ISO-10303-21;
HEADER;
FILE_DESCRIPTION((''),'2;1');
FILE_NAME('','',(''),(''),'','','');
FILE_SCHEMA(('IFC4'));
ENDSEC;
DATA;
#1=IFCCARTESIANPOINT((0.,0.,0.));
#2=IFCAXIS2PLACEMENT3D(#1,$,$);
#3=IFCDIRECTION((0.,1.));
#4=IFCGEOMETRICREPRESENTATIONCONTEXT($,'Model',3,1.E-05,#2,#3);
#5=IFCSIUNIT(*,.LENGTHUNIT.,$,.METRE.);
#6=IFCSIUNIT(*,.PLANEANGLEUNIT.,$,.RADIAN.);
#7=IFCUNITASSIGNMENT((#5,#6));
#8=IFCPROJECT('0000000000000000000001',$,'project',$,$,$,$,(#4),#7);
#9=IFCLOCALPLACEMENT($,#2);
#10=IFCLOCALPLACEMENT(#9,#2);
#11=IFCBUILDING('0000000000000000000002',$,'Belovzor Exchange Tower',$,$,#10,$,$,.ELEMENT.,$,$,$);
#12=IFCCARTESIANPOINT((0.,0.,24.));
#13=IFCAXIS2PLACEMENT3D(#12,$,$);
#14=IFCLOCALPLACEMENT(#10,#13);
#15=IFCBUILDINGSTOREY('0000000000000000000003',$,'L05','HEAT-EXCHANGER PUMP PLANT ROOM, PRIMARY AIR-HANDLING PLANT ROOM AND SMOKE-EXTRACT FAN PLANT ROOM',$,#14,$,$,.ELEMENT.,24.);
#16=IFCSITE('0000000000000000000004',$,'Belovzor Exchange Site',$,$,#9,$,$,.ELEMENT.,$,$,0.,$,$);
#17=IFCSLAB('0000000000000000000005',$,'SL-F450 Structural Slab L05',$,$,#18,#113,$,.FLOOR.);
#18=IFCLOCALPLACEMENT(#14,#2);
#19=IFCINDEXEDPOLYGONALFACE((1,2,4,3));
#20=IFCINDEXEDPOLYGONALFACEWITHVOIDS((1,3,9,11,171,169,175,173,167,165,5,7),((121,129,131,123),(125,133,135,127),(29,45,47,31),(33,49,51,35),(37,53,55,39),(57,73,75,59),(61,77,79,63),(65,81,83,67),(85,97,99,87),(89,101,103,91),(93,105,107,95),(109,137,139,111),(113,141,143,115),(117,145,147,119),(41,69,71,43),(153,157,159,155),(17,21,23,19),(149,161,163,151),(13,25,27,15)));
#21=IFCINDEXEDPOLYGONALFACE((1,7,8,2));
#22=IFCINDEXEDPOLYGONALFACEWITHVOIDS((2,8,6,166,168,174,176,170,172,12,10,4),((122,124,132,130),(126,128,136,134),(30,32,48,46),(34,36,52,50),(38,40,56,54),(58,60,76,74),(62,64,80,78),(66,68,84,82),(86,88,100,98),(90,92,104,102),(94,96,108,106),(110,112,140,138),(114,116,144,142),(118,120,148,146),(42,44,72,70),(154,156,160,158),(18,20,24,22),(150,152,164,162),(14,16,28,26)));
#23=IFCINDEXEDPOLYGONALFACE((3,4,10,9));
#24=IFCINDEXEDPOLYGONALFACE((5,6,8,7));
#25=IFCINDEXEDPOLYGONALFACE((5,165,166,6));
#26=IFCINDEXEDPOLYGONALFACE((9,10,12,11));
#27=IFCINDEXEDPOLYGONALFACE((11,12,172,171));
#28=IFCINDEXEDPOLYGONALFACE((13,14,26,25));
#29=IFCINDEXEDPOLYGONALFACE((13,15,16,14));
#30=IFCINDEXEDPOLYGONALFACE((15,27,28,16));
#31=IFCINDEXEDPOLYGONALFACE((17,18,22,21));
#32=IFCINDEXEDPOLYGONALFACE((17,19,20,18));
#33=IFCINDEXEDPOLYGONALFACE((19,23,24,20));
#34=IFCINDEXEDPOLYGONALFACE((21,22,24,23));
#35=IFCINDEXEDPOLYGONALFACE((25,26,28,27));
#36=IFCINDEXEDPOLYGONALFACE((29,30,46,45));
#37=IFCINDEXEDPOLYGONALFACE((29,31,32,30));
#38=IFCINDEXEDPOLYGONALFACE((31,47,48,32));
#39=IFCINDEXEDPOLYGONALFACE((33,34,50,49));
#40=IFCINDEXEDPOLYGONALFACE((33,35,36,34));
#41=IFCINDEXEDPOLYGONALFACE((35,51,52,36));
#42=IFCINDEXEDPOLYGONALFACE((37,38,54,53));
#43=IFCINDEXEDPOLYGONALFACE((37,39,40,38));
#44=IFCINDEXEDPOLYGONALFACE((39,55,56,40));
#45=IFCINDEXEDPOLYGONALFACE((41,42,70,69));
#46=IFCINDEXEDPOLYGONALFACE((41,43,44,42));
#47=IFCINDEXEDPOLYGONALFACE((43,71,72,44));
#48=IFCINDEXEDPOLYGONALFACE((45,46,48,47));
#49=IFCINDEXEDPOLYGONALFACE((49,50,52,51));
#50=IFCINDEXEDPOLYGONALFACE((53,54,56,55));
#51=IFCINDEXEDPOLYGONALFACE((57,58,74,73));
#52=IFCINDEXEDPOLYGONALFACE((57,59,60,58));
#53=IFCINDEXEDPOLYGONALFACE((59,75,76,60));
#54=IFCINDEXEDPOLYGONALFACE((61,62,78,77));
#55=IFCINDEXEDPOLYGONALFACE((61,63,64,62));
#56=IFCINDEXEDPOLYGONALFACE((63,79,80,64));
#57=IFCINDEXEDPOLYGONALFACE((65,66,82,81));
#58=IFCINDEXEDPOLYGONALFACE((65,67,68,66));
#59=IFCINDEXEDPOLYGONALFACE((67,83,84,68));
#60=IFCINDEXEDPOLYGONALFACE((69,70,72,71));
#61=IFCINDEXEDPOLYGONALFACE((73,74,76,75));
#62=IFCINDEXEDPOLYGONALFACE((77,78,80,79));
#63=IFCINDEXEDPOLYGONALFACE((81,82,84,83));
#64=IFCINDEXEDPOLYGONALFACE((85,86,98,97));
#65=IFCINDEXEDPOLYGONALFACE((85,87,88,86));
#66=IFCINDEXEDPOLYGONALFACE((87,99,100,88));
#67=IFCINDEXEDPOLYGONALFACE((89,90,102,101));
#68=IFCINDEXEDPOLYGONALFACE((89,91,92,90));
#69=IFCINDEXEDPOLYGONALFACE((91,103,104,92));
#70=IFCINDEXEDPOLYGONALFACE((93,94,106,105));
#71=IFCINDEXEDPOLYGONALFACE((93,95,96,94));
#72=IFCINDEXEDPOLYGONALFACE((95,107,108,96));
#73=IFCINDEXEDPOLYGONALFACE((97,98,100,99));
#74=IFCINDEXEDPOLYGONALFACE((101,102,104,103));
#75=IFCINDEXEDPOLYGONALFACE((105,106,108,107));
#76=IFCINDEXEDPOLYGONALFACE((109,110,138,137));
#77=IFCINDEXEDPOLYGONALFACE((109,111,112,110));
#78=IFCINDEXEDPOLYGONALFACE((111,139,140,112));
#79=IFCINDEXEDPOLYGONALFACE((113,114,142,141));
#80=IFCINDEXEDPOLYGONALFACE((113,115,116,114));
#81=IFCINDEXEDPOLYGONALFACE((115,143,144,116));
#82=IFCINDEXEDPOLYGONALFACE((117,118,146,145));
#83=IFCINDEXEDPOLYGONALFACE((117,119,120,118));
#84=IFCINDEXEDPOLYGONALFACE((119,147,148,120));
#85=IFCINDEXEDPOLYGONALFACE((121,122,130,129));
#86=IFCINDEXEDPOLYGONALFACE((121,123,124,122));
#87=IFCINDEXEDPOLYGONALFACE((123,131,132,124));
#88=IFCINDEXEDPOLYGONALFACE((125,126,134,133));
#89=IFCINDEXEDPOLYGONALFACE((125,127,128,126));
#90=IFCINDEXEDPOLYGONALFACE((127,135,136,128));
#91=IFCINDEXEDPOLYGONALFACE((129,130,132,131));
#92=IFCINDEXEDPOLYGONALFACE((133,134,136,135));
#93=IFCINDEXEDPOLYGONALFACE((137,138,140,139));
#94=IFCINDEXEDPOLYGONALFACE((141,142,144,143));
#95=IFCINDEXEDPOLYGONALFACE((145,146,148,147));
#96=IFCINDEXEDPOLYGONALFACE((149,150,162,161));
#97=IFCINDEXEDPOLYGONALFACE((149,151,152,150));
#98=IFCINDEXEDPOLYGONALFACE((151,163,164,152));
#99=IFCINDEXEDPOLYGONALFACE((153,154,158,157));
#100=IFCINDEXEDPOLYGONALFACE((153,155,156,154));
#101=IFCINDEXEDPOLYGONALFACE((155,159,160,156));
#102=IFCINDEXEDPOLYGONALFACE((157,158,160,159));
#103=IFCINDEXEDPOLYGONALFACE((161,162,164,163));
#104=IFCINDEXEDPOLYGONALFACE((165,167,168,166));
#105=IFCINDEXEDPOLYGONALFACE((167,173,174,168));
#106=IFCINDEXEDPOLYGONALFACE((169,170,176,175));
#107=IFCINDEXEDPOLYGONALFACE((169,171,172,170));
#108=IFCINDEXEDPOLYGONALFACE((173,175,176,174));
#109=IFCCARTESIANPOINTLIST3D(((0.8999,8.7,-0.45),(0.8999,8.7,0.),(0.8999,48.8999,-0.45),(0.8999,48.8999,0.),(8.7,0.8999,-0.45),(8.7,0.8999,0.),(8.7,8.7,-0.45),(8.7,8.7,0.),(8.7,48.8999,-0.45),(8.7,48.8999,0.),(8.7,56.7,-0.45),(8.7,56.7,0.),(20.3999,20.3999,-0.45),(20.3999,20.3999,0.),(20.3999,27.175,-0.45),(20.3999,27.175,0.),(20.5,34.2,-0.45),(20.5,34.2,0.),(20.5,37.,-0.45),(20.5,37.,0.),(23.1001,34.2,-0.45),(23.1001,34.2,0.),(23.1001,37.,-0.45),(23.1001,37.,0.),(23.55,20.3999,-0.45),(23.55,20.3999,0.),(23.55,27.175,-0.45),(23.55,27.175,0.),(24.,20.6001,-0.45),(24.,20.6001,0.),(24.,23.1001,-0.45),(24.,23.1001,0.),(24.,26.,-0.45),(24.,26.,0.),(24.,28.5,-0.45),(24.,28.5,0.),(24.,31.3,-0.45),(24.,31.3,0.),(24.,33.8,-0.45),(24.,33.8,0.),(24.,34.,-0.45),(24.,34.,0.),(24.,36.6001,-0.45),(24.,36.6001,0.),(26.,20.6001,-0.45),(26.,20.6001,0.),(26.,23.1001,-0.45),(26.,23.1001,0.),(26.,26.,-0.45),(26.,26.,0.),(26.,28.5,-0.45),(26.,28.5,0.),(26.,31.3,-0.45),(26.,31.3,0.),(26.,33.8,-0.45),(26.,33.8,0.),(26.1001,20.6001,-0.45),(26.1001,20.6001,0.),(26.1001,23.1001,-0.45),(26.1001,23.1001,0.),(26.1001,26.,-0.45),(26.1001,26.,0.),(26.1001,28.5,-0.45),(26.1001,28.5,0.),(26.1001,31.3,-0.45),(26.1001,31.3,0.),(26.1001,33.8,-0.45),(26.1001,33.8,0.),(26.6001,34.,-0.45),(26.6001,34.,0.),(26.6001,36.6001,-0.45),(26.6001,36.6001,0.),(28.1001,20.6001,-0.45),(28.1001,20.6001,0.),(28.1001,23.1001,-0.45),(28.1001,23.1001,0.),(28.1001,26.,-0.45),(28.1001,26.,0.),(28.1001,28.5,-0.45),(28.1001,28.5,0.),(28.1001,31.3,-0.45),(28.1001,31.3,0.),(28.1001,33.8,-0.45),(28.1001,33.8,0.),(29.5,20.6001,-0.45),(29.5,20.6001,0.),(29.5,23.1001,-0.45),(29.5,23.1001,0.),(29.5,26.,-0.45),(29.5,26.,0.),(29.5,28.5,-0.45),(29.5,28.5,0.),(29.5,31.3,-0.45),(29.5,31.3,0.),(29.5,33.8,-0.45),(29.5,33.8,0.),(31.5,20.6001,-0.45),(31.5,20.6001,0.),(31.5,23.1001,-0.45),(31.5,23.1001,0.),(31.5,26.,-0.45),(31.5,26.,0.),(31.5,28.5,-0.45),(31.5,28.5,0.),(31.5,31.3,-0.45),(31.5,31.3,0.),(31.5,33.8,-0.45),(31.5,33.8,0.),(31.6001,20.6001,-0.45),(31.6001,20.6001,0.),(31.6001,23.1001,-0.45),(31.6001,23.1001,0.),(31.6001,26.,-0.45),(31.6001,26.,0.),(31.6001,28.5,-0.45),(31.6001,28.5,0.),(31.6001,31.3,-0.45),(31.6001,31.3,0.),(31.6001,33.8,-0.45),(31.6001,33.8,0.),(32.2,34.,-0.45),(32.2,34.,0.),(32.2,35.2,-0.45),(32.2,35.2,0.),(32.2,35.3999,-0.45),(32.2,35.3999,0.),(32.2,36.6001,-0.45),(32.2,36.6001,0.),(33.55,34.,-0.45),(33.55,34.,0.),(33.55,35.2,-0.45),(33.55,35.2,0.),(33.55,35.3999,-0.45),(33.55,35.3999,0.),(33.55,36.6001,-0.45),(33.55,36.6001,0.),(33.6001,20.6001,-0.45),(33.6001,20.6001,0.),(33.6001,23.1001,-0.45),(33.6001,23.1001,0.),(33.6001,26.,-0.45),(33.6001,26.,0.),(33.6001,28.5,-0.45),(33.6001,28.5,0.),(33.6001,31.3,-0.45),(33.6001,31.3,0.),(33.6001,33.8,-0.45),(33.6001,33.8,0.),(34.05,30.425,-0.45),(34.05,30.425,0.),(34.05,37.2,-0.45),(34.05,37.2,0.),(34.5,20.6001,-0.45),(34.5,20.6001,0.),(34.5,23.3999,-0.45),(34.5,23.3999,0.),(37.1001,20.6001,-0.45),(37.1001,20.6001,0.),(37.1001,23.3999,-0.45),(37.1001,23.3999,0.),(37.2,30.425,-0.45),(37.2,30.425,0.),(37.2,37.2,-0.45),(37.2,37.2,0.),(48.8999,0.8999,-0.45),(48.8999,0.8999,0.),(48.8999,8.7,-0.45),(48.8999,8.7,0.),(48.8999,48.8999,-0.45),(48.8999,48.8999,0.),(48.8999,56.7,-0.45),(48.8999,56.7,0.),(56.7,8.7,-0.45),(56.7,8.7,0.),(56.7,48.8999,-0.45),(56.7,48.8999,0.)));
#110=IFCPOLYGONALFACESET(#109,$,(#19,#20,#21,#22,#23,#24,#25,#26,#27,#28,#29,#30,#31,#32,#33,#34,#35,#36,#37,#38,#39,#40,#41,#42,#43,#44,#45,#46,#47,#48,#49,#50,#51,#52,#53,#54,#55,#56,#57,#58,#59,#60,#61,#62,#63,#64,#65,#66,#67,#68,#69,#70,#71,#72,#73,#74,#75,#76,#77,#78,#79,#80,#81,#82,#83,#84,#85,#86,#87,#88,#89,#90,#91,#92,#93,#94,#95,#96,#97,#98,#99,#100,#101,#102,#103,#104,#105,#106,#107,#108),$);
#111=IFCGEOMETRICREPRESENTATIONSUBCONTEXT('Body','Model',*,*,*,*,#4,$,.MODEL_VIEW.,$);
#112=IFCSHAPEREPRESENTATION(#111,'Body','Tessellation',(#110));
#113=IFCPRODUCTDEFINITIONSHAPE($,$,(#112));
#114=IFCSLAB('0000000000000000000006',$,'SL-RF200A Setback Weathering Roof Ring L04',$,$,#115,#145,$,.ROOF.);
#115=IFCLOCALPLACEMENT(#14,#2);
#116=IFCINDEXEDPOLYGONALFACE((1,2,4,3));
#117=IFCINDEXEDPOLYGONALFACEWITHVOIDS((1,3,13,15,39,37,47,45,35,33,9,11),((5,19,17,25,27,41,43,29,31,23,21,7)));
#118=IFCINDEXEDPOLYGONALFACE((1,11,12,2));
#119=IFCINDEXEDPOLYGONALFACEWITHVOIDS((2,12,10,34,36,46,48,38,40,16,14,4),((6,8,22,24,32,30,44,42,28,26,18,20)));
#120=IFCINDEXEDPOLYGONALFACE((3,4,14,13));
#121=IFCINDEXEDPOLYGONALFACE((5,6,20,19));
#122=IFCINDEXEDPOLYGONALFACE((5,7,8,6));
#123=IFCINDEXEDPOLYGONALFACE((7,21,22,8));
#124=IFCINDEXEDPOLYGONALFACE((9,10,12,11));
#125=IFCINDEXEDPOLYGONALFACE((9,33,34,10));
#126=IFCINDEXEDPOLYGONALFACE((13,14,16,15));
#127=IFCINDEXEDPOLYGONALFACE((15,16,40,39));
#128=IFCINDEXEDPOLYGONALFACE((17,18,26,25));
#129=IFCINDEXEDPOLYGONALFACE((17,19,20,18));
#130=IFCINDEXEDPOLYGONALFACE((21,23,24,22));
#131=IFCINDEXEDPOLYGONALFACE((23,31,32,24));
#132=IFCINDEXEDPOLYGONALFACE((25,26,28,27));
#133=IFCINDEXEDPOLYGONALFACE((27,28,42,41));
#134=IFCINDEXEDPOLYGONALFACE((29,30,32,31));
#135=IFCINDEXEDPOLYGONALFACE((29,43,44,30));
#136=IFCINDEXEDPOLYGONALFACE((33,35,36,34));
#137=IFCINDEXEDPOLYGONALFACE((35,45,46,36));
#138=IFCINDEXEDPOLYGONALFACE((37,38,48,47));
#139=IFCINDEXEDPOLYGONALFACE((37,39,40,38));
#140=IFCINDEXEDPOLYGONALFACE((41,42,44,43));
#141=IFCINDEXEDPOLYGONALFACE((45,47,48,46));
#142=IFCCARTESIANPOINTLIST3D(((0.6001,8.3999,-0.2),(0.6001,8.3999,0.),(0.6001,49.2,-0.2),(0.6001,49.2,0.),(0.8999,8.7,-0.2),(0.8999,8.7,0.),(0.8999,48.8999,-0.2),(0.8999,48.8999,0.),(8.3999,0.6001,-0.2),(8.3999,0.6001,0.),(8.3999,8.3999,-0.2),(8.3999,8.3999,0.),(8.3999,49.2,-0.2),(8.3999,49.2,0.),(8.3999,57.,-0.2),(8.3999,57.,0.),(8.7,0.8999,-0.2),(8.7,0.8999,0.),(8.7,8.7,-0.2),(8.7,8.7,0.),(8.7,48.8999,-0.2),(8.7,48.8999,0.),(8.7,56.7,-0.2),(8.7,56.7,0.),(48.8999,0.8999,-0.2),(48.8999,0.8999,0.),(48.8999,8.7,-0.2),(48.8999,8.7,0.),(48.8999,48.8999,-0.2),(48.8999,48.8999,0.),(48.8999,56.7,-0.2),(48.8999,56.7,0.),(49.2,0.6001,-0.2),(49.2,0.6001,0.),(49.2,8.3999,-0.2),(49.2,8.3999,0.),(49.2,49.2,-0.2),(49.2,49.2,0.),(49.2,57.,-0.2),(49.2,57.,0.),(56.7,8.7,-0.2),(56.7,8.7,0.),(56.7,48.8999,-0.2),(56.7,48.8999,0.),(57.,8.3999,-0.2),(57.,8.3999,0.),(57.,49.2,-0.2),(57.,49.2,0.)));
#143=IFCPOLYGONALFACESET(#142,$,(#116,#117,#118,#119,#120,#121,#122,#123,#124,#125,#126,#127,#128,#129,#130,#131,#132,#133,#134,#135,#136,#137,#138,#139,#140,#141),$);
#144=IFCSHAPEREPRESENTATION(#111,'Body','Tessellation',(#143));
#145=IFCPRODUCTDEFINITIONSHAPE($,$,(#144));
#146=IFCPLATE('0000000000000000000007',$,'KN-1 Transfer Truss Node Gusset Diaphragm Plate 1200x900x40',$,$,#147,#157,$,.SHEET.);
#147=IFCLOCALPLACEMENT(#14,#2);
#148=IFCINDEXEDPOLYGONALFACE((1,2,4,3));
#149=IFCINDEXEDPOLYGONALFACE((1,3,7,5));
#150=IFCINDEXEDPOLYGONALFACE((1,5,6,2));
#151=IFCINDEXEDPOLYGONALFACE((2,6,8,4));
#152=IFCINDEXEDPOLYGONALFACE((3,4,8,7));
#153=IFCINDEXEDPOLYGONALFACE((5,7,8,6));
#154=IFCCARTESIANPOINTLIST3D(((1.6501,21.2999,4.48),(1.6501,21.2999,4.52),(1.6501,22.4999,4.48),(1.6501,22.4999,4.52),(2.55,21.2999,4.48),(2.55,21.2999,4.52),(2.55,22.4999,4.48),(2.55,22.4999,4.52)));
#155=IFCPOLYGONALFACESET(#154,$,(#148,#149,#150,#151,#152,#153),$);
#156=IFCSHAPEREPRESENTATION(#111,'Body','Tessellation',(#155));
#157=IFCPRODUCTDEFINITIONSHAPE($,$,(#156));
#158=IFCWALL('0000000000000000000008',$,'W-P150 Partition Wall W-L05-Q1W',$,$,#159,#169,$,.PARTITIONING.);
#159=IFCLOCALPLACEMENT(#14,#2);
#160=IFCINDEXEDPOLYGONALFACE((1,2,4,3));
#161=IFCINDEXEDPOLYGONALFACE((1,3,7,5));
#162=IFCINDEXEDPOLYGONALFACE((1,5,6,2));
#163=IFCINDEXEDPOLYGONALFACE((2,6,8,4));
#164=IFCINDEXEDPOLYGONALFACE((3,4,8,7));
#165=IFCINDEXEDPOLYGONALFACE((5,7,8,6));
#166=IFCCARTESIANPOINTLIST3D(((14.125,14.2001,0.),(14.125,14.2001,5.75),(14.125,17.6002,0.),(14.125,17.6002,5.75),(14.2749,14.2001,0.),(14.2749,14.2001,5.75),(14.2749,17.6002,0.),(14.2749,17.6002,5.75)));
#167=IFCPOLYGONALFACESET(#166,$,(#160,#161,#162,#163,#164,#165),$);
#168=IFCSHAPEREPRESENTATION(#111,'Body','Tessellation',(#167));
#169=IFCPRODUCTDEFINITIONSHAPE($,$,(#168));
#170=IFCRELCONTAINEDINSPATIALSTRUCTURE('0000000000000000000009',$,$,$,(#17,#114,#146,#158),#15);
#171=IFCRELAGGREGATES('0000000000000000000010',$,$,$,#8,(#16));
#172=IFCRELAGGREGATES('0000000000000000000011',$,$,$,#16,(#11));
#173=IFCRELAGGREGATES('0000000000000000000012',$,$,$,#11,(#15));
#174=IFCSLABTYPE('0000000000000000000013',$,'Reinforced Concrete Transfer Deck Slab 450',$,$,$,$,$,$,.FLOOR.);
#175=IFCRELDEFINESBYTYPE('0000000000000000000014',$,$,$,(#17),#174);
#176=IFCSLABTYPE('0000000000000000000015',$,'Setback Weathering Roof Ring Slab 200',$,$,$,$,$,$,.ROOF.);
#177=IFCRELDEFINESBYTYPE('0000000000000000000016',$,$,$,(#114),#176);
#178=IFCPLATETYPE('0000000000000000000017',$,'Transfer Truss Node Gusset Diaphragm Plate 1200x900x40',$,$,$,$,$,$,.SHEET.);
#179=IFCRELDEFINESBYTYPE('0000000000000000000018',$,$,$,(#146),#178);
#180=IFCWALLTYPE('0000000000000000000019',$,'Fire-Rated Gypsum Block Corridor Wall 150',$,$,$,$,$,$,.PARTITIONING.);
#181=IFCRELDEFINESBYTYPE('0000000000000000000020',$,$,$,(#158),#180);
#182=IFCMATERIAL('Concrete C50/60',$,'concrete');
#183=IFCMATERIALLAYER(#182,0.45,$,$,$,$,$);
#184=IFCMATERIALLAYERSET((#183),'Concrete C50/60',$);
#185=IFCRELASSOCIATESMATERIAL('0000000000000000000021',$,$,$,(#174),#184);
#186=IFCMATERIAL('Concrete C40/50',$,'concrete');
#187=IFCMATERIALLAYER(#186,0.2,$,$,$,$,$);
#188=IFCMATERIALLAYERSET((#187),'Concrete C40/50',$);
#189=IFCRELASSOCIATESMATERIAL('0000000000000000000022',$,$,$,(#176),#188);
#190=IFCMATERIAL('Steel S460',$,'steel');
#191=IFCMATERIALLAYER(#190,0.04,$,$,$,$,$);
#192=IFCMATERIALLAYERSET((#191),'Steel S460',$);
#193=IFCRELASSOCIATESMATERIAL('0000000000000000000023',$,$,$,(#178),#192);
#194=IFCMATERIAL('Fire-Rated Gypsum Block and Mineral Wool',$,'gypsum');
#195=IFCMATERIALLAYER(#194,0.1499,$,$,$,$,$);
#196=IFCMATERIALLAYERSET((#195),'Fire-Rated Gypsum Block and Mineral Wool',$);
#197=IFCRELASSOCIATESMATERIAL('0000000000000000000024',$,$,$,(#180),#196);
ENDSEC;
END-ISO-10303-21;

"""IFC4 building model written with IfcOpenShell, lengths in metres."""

from ifc_helpers import new_model, si_unit, direction, frame, frame_2d, origin, origin_2d, place, context, subcontext, project, spatial, polyline, rectangle, outline, extrude, material, layer, layer_set, type_object, element, save


model = new_model("IFC4")

# Units and contexts
model_context = context("Model", 3, precision=1e-05, world=origin(), true_north=direction((0.0, 1.0)))
body_context = subcontext(model_context, "Body", "Model", "MODEL_VIEW")
ifc_project = project(units=[si_unit("LENGTHUNIT", "METRE"), si_unit("PLANEANGLEUNIT", "RADIAN")], contexts=[model_context])

# Site, building, storey
site_placement = place(None, origin())
site = spatial("IfcSite", under=ifc_project, at=site_placement, Name="Belovzor Exchange Site", CompositionType="ELEMENT", RefElevation=0.0)
building_placement = place(site_placement, origin())
building = spatial("IfcBuilding", under=site, at=building_placement, Name="Belovzor Exchange Tower", CompositionType="ELEMENT")
storey_placement = place(building_placement, frame((0.0, 0.0, 24.0)))
storey = spatial("IfcBuildingStorey", under=building, at=storey_placement, Name="L05", Description="HEAT-EXCHANGER PUMP PLANT ROOM, PRIMARY AIR-HANDLING PLANT ROOM AND SMOKE-EXTRACT FAN PLANT ROOM", CompositionType="ELEMENT", Elevation=24.0)

# Slabs
ifc_material_1 = material(Name="Concrete C50/60", Category="concrete")
ifc_layer_1 = layer(ifc_material_1, 0.45)
ifc_layer_set_1 = layer_set([ifc_layer_1], Name="Concrete C50/60")
slab_type_1 = type_object("IfcSlabType", Name="Reinforced Concrete Transfer Deck Slab 450", PredefinedType="FLOOR", material=ifc_layer_set_1)
slab_1_placement = place(storey_placement, frame((0.0, 0.0, -0.45)))
element("IfcSlab", 1, at=slab_1_placement, inside=storey, type_object=slab_type_1, Name="SL-F450 Structural Slab L05", PredefinedType="FLOOR", context=body_context, shape_type="SweptSolid", body=[
    extrude(outline(polyline([(8.7, 0.8999), (48.8999, 0.8999), (48.8999, 8.7), (56.7, 8.7), (56.7, 48.8999), (48.8999, 48.8999), (48.8999, 56.7), (8.7, 56.7), (8.7, 48.8999), (0.8999, 48.8999), (0.8999, 8.7), (8.7, 8.7), (8.7, 0.8999)]), holes=[polyline([(20.3999, 27.175), (20.3999, 20.3999), (23.55, 20.3999), (23.55, 27.175), (20.3999, 27.175)]), polyline([(37.2, 30.425), (37.2, 37.2), (34.05, 37.2), (34.05, 30.425), (37.2, 30.425)]), polyline([(20.5, 34.2), (23.1001, 34.2), (23.1001, 37.0), (20.5, 37.0), (20.5, 34.2)]), polyline([(34.5, 20.6001), (37.1001, 20.6001), (37.1001, 23.3999), (34.5, 23.3999), (34.5, 20.6001)]), polyline([(24.0, 34.0), (26.6001, 34.0), (26.6001, 36.6001), (24.0, 36.6001), (24.0, 34.0)]), polyline([(24.0, 20.6001), (26.0, 20.6001), (26.0, 23.1001), (24.0, 23.1001), (24.0, 20.6001)]), polyline([(26.1001, 20.6001), (28.1001, 20.6001), (28.1001, 23.1001), (26.1001, 23.1001), (26.1001, 20.6001)]), polyline([(29.5, 20.6001), (31.5, 20.6001), (31.5, 23.1001), (29.5, 23.1001), (29.5, 20.6001)]), polyline([(31.6001, 20.6001), (33.6001, 20.6001), (33.6001, 23.1001), (31.6001, 23.1001), (31.6001, 20.6001)]), polyline([(24.0, 26.0), (26.0, 26.0), (26.0, 28.5), (24.0, 28.5), (24.0, 26.0)]), polyline([(26.1001, 26.0), (28.1001, 26.0), (28.1001, 28.5), (26.1001, 28.5), (26.1001, 26.0)]), polyline([(29.5, 26.0), (31.5, 26.0), (31.5, 28.5), (29.5, 28.5), (29.5, 26.0)]), polyline([(31.6001, 26.0), (33.6001, 26.0), (33.6001, 28.5), (31.6001, 28.5), (31.6001, 26.0)]), polyline([(24.0, 31.3), (26.0, 31.3), (26.0, 33.8), (24.0, 33.8), (24.0, 31.3)]), polyline([(26.1001, 31.3), (28.1001, 31.3), (28.1001, 33.8), (26.1001, 33.8), (26.1001, 31.3)]), polyline([(29.5, 31.3), (31.5, 31.3), (31.5, 33.8), (29.5, 33.8), (29.5, 31.3)]), polyline([(31.6001, 31.3), (33.6001, 31.3), (33.6001, 33.8), (31.6001, 33.8), (31.6001, 31.3)]), polyline([(32.2, 34.0), (33.55, 34.0), (33.55, 35.2), (32.2, 35.2), (32.2, 34.0)]), polyline([(32.2, 35.3999), (33.55, 35.3999), (33.55, 36.6001), (32.2, 36.6001), (32.2, 35.3999)])]), origin(), (0.0, 0.0, 1.0), 0.45),
])
ifc_material_2 = material(Name="Concrete C40/50", Category="concrete")
ifc_layer_2 = layer(ifc_material_2, 0.2)
ifc_layer_set_2 = layer_set([ifc_layer_2], Name="Concrete C40/50")
slab_type_2 = type_object("IfcSlabType", Name="Setback Weathering Roof Ring Slab 200", PredefinedType="ROOF", material=ifc_layer_set_2)
slab_2_placement = place(storey_placement, frame((0.0, 0.0, -0.2)))
element("IfcSlab", 2, at=slab_2_placement, inside=storey, type_object=slab_type_2, Name="SL-RF200A Setback Weathering Roof Ring L04", PredefinedType="ROOF", context=body_context, shape_type="SweptSolid", body=[
    extrude(outline(polyline([(8.3999, 0.6001), (49.2, 0.6001), (49.2, 8.3999), (57.0, 8.3999), (57.0, 49.2), (49.2, 49.2), (49.2, 57.0), (8.3999, 57.0), (8.3999, 49.2), (0.6001, 49.2), (0.6001, 8.3999), (8.3999, 8.3999), (8.3999, 0.6001)]), holes=[polyline([(8.7, 0.8999), (48.8999, 0.8999), (48.8999, 8.7), (56.7, 8.7), (56.7, 48.8999), (48.8999, 48.8999), (48.8999, 56.7), (8.7, 56.7), (8.7, 48.8999), (0.8999, 48.8999), (0.8999, 8.7), (8.7, 8.7), (8.7, 0.8999)])]), origin(), (0.0, 0.0, 1.0), 0.2),
])

# Plate
ifc_material_3 = material(Name="Steel S460", Category="steel")
ifc_layer_3 = layer(ifc_material_3, 0.04)
ifc_layer_set_3 = layer_set([ifc_layer_3], Name="Steel S460")
plate_type_1 = type_object("IfcPlateType", Name="Transfer Truss Node Gusset Diaphragm Plate 1200x900x40", PredefinedType="SHEET", material=ifc_layer_set_3)
plate_placement = place(storey_placement, frame((2.1001, 21.8999, 4.48), z_axis=(0.0, 0.0, 1.0), x_axis=(0.0, 1.0, 0.0)))
element("IfcPlate", 3, at=plate_placement, inside=storey, type_object=plate_type_1, Name="KN-1 Transfer Truss Node Gusset Diaphragm Plate 1200x900x40", PredefinedType="SHEET", context=body_context, shape_type="SweptSolid", body=[
    extrude(rectangle(XDim=1.2, YDim=0.8999, at=origin_2d()), origin(), (0.0, 0.0, 1.0), 0.04),
])

# Wall
ifc_material_4 = material(Name="Fire-Rated Gypsum Block and Mineral Wool", Category="gypsum")
ifc_layer_4 = layer(ifc_material_4, 0.1499)
ifc_layer_set_4 = layer_set([ifc_layer_4], Name="Fire-Rated Gypsum Block and Mineral Wool")
wall_type_1 = type_object("IfcWallType", Name="Fire-Rated Gypsum Block Corridor Wall 150", PredefinedType="PARTITIONING", material=ifc_layer_set_4)
wall_1_placement = place(storey_placement, frame((14.2, 14.2, 0.0), z_axis=(0.0, 0.0, 1.0), x_axis=(0.0, 1.0, 0.0)))
element("IfcWall", 4, at=wall_1_placement, inside=storey, type_object=wall_type_1, Name="W-P150 Partition Wall W-L05-Q1W", PredefinedType="PARTITIONING", context=body_context, shape_type="SweptSolid", body=[
    extrude(rectangle(XDim=3.4001, YDim=0.1499, at=frame_2d((1.7002, 0.0))), origin(), (0.0, 0.0, 1.0), 5.75),
])

save(model, "model.ifc")
